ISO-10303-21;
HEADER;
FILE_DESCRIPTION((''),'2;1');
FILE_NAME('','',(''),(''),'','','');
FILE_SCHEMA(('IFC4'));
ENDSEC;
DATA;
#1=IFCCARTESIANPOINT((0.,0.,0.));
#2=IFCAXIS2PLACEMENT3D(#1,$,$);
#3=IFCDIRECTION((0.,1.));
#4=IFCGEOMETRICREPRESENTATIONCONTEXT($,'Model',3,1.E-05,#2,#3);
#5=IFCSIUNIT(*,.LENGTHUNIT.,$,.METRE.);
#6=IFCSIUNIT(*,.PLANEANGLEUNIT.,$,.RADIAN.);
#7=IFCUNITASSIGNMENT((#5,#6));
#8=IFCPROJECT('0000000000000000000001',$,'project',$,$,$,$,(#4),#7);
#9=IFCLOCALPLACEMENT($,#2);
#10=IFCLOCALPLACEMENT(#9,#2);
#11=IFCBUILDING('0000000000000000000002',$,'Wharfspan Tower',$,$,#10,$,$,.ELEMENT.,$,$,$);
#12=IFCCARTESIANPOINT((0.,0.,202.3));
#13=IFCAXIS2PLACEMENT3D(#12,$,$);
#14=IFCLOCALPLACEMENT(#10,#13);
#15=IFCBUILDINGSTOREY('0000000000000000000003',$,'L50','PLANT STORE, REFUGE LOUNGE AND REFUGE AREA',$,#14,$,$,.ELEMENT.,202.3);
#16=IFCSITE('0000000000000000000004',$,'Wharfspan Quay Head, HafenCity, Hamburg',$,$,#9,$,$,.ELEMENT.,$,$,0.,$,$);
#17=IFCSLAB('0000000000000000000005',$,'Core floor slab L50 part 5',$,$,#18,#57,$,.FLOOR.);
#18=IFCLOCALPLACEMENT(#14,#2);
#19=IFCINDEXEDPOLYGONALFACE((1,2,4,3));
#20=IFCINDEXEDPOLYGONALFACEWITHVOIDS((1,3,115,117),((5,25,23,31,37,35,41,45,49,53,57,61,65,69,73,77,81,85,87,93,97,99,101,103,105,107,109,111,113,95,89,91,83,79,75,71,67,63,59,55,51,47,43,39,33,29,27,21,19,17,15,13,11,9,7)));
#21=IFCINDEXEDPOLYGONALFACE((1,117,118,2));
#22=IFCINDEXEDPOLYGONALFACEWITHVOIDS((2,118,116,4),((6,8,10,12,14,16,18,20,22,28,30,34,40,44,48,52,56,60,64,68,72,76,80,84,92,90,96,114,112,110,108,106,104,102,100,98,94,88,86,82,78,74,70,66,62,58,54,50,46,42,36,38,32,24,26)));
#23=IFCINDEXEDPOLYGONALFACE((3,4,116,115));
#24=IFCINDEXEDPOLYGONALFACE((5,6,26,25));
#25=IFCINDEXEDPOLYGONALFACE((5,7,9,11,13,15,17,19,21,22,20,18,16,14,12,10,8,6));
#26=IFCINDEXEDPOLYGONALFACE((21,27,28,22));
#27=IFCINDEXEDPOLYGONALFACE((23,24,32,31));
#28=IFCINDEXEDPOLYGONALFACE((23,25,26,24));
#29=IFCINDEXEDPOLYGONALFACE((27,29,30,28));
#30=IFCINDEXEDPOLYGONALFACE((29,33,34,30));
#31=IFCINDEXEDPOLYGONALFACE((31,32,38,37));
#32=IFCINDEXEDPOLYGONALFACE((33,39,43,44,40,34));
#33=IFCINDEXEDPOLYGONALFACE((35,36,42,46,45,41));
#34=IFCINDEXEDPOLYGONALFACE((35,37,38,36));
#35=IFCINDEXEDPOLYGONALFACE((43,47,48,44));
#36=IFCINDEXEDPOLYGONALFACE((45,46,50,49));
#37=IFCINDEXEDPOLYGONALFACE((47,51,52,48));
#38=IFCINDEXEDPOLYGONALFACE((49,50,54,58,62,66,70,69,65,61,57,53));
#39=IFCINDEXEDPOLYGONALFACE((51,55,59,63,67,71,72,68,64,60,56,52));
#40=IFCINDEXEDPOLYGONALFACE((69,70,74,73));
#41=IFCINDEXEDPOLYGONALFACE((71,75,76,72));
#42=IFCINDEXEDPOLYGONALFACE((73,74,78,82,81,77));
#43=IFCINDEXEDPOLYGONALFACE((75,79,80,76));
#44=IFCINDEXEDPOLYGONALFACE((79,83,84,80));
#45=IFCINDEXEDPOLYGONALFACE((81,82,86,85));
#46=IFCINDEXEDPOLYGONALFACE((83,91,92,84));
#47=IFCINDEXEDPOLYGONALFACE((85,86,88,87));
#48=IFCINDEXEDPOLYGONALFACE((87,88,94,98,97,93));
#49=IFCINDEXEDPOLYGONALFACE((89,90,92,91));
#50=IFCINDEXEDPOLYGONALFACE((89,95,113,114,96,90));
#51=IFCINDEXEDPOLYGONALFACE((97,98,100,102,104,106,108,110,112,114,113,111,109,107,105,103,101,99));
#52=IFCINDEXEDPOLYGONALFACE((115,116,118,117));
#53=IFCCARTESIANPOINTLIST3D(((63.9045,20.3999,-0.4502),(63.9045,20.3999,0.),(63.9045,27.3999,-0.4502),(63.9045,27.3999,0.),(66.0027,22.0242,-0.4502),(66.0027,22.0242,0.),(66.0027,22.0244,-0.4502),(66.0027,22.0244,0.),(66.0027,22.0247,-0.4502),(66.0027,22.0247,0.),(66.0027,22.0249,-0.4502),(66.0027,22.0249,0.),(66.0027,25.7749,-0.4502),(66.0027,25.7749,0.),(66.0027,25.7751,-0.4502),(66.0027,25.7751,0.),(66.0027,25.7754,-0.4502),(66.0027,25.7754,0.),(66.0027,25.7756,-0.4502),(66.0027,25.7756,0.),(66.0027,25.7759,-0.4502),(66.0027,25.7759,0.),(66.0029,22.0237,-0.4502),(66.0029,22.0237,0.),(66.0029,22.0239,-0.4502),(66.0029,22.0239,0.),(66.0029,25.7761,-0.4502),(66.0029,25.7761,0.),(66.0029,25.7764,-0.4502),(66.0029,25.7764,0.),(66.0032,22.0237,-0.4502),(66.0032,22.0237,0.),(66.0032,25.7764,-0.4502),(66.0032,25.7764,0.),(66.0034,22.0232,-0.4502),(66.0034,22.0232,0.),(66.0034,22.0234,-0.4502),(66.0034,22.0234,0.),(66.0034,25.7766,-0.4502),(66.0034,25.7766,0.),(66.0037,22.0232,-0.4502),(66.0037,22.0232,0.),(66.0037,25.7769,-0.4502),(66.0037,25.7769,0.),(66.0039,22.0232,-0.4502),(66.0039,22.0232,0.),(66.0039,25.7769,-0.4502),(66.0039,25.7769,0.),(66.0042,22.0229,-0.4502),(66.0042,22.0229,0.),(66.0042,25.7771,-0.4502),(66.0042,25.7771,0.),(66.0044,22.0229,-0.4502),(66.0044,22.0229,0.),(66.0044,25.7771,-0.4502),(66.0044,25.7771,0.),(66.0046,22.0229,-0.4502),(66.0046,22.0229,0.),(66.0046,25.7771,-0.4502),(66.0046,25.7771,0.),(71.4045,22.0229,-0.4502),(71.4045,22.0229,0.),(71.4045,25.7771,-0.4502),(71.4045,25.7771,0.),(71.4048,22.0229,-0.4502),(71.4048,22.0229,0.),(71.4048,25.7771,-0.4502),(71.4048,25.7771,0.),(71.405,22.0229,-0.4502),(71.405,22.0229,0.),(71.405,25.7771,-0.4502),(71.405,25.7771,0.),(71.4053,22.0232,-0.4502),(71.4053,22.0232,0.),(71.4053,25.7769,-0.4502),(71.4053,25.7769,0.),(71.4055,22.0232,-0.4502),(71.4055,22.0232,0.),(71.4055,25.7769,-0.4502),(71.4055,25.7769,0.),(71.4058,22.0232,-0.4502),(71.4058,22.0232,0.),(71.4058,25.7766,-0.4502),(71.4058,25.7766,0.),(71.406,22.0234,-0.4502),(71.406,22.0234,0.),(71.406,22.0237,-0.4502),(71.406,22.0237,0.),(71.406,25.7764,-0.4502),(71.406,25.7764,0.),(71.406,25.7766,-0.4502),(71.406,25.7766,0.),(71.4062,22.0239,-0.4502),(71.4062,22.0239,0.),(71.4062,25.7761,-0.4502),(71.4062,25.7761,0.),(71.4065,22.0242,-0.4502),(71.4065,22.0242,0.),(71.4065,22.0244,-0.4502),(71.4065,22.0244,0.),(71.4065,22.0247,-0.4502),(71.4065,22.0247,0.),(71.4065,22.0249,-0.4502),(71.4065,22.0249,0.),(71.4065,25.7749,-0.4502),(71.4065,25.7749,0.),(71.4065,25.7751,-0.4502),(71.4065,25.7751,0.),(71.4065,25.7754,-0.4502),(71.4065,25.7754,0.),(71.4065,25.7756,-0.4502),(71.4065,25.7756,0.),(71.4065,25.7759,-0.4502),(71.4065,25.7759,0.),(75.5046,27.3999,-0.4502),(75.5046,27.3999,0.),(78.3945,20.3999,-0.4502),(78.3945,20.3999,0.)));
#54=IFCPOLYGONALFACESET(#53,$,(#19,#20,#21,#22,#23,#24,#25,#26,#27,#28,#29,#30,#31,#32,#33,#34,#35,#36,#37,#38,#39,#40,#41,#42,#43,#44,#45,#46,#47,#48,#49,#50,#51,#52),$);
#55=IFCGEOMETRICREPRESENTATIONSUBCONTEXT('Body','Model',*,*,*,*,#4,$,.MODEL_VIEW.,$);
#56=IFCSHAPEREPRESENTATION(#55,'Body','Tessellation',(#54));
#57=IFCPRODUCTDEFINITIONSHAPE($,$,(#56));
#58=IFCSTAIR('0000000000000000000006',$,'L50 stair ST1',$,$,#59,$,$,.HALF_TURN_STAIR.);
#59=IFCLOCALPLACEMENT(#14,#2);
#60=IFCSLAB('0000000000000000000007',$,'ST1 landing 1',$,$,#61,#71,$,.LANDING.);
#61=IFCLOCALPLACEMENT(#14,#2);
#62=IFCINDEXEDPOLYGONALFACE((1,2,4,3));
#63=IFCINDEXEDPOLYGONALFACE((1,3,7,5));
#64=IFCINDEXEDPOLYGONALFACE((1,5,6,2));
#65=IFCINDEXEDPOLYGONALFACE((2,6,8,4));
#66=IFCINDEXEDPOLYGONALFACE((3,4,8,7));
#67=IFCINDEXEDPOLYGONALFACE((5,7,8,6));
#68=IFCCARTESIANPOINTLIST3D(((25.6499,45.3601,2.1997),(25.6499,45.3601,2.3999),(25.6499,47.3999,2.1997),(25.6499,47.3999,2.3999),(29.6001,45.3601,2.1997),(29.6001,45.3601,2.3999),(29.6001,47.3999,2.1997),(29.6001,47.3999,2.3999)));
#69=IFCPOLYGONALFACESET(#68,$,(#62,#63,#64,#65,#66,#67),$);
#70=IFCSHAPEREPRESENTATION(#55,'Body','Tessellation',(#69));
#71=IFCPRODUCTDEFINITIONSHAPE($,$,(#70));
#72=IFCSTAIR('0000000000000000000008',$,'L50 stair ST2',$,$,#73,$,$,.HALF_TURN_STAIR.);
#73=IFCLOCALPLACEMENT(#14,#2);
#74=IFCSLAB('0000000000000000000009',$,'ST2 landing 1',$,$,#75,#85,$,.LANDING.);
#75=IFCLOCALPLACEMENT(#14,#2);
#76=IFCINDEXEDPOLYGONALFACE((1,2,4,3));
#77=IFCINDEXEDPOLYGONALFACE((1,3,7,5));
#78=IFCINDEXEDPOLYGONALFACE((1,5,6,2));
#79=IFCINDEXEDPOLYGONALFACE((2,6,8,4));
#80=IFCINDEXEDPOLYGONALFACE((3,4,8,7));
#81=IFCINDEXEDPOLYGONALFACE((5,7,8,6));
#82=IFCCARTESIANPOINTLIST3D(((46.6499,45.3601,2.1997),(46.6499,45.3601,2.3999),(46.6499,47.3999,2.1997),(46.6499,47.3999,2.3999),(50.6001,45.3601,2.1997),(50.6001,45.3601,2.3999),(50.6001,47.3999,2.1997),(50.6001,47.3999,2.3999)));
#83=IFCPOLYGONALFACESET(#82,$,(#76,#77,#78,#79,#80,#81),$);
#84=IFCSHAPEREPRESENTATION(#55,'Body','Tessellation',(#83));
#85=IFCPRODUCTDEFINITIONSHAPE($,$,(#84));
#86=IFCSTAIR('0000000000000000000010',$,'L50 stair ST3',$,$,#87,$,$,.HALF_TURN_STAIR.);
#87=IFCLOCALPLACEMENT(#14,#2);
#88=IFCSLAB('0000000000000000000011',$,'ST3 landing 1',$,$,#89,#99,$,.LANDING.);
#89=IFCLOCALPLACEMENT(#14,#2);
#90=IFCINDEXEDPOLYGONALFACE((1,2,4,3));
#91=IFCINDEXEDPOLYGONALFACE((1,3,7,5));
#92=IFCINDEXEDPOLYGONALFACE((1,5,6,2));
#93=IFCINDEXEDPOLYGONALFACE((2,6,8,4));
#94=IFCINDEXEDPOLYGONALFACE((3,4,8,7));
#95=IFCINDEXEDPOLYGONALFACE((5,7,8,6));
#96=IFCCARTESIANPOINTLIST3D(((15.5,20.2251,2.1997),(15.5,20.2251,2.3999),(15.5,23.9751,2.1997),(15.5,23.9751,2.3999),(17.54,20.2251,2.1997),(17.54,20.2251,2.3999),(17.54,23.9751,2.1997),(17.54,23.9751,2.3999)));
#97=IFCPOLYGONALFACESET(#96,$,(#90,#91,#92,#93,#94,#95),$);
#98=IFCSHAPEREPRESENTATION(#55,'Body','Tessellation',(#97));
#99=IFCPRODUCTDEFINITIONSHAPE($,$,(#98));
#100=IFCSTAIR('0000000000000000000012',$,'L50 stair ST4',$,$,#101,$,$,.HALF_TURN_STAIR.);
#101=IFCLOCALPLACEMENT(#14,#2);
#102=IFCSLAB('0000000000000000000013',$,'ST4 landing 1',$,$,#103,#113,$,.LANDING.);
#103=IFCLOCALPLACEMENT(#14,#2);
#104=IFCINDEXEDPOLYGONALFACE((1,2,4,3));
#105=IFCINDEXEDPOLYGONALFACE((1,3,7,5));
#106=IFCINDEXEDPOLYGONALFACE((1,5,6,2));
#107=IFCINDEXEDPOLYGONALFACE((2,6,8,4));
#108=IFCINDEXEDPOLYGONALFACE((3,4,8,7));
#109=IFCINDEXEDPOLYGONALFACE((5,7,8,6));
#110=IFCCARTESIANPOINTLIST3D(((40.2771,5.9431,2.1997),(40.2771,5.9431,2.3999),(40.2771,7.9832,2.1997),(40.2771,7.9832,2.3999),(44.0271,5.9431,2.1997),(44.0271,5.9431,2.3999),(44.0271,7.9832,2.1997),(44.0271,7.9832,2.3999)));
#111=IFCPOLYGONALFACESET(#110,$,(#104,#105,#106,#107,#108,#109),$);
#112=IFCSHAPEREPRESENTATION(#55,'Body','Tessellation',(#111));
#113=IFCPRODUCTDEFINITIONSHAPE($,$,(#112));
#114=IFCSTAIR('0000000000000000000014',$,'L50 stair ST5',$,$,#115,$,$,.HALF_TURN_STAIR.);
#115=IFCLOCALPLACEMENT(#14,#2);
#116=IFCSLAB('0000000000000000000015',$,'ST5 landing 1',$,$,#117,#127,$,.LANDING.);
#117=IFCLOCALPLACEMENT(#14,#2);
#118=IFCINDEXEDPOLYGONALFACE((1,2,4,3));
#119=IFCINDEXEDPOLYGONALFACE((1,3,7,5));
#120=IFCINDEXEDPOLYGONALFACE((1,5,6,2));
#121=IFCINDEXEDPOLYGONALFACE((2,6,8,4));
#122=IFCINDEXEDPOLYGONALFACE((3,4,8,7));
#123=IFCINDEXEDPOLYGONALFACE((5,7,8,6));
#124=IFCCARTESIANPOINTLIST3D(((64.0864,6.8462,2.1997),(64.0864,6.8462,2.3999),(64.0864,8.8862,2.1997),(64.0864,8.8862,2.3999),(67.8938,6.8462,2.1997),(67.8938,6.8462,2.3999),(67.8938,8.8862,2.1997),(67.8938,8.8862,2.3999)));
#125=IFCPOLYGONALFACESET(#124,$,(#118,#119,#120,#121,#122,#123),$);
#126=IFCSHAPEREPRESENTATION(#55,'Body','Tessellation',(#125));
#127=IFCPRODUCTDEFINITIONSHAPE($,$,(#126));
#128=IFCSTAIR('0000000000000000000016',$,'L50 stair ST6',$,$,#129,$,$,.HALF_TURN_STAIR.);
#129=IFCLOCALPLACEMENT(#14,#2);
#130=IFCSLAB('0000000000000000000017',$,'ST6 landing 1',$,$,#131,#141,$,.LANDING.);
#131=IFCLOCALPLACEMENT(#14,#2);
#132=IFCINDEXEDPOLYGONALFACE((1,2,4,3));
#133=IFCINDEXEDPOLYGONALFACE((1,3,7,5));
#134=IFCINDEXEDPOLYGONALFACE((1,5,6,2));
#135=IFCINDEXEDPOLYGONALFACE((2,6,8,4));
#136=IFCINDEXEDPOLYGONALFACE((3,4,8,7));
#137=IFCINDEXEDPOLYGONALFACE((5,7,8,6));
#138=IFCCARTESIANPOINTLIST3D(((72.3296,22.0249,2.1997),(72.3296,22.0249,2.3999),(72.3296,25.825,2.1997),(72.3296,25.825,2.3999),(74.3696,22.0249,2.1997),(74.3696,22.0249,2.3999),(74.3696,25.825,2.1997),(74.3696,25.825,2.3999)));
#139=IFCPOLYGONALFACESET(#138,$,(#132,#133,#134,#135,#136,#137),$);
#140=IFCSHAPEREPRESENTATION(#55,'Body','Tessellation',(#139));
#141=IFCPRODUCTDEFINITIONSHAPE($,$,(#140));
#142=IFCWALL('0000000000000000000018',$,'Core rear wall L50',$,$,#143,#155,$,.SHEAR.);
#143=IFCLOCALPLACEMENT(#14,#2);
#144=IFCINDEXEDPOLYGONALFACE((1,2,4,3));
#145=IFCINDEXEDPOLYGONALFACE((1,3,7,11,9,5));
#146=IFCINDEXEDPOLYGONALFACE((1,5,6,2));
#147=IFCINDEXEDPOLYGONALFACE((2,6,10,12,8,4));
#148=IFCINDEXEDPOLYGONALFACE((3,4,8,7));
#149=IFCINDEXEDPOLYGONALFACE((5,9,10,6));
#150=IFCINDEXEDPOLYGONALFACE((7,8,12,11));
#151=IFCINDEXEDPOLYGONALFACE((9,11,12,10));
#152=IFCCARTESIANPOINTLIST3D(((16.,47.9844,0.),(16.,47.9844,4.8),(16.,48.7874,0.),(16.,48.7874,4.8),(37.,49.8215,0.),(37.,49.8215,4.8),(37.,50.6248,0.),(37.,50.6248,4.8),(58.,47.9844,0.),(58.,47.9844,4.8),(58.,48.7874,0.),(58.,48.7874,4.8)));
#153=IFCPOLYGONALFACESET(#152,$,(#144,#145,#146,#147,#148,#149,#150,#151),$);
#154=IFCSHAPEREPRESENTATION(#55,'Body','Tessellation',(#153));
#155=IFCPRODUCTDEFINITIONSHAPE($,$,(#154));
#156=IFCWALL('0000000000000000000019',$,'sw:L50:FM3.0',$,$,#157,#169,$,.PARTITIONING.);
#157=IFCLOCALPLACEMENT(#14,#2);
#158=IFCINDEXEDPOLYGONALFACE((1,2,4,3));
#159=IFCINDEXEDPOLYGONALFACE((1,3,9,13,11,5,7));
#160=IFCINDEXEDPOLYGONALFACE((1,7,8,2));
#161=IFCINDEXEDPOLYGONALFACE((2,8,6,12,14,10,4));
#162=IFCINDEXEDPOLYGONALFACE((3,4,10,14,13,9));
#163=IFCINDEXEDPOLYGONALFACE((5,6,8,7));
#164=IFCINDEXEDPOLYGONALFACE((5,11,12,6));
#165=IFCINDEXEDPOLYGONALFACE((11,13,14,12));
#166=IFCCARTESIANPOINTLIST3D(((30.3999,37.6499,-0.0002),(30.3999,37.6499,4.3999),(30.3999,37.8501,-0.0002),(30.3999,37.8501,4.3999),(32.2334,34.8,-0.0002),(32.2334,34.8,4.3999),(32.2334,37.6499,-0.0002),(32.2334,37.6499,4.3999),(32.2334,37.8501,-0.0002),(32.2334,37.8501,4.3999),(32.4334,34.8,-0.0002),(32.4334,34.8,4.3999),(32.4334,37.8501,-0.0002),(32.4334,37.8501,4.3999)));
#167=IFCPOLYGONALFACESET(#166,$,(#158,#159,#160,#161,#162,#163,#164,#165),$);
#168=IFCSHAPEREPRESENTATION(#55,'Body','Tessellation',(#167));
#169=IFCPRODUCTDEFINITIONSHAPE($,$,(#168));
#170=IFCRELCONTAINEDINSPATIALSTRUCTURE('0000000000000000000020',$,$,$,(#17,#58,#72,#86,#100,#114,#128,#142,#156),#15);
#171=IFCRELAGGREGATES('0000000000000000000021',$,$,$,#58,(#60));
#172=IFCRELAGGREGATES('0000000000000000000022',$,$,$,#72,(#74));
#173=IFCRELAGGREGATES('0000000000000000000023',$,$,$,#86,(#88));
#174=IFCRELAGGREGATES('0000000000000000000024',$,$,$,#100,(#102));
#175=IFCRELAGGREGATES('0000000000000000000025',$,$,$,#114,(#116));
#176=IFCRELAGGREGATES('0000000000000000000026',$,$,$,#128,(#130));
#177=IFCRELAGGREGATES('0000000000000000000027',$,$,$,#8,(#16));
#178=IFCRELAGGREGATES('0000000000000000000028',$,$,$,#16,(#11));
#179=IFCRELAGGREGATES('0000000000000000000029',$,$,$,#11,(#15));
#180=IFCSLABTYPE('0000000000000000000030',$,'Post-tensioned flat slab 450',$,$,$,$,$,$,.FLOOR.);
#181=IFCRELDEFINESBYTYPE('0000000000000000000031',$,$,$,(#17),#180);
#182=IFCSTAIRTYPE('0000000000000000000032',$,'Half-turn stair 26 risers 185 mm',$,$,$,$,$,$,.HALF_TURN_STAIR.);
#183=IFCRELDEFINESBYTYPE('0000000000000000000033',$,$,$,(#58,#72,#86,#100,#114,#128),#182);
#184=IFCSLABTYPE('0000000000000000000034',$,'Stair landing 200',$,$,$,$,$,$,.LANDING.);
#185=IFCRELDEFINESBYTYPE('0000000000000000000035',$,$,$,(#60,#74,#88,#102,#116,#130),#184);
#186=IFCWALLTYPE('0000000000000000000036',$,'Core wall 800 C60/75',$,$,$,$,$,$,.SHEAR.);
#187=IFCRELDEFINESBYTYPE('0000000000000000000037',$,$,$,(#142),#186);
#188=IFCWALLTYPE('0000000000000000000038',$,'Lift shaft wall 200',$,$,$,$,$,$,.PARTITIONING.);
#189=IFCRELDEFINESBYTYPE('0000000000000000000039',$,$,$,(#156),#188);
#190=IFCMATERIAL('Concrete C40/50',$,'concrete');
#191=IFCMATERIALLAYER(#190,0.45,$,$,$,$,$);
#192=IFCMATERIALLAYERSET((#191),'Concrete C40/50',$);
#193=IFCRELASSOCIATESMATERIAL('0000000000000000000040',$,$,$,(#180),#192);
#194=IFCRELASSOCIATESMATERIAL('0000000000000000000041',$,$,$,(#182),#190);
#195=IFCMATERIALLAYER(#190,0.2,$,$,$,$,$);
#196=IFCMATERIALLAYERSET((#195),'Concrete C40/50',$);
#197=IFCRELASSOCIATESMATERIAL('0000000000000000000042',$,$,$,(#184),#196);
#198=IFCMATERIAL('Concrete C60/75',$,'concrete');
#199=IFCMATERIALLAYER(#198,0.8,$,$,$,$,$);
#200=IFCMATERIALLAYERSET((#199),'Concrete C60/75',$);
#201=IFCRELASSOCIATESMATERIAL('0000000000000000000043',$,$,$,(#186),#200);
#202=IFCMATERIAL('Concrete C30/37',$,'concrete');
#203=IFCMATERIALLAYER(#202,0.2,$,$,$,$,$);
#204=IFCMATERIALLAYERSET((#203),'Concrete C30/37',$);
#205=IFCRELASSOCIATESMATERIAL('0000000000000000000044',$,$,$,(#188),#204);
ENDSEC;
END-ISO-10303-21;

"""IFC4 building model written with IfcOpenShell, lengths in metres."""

from ifc_helpers import new_model, si_unit, direction, frame, origin, place, context, subcontext, project, spatial, polyline, outline, extrude, material, layer, layer_set, type_object, element, aggregate, save


model = new_model("IFC4")

# Units and contexts
model_context = context("Model", 3, precision=1e-05, world=origin(), true_north=direction((0.0, 1.0)))
body_context = subcontext(model_context, "Body", "Model", "MODEL_VIEW")
ifc_project = project(units=[si_unit("LENGTHUNIT", "METRE"), si_unit("PLANEANGLEUNIT", "RADIAN")], contexts=[model_context])

# Site, building, storey
site_placement = place(None, origin())
site = spatial("IfcSite", under=ifc_project, at=site_placement, Name="Wharfspan Quay Head, HafenCity, Hamburg", CompositionType="ELEMENT", RefElevation=0.0)
building_placement = place(site_placement, origin())
building = spatial("IfcBuilding", under=site, at=building_placement, Name="Wharfspan Tower", CompositionType="ELEMENT")
storey_placement = place(building_placement, frame((0.0, 0.0, 202.3)))
storey = spatial("IfcBuildingStorey", under=building, at=storey_placement, Name="L50", Description="PLANT STORE, REFUGE LOUNGE AND REFUGE AREA", CompositionType="ELEMENT", Elevation=202.3)

# Shared definitions
ifc_material_1 = material(Name="Concrete C60/75", Category="concrete")

# Slab
ifc_material_2 = material(Name="Concrete C40/50", Category="concrete")
ifc_layer_1 = layer(ifc_material_2, 0.45)
ifc_layer_set_1 = layer_set([ifc_layer_1], Name="Concrete C40/50")
slab_type_1 = type_object("IfcSlabType", Name="Post-tensioned flat slab 450", PredefinedType="FLOOR", material=ifc_layer_set_1)
slab_1_placement = place(storey_placement, frame((0.0, 0.0, -0.4502)))
element("IfcSlab", 1, at=slab_1_placement, inside=storey, type_object=slab_type_1, Name="Core floor slab L50 part 5", PredefinedType="FLOOR", context=body_context, shape_type="SweptSolid", body=[
    extrude(outline(polyline([(78.3945, 20.3999), (75.5046, 27.3999), (63.9045, 27.3999), (63.9045, 20.3999), (78.3945, 20.3999)]), holes=[polyline([(66.0046, 22.0229), (66.0044, 22.0229), (66.0041, 22.0229), (66.0039, 22.0232), (66.0039, 22.0232), (66.0037, 22.0232), (66.0034, 22.0232), (66.0034, 22.0234), (66.0032, 22.0237), (66.0029, 22.0237), (66.0029, 22.0239), (66.0027, 22.0242), (66.0027, 22.0242), (66.0027, 22.0244), (66.0027, 22.0247), (66.0027, 22.0249), (66.0027, 22.0249), (66.0027, 25.7749), (66.0027, 25.7751), (66.0027, 25.7754), (66.0027, 25.7756), (66.0027, 25.7759), (66.0027, 25.7759), (66.0029, 25.7761), (66.0029, 25.7764), (66.0032, 25.7764), (66.0034, 25.7766), (66.0034, 25.7766), (66.0037, 25.7769), (66.0039, 25.7769), (66.0039, 25.7769), (66.0041, 25.7771), (66.0044, 25.7771), (66.0046, 25.7771), (71.4045, 25.7771), (71.4048, 25.7771), (71.405, 25.7771), (71.4053, 25.7769), (71.4055, 25.7769), (71.4055, 25.7769), (71.4058, 25.7766), (71.406, 25.7766), (71.406, 25.7764), (71.406, 25.7764), (71.4062, 25.7761), (71.4065, 25.7759), (71.4065, 25.7759), (71.4065, 25.7756), (71.4065, 25.7754), (71.4065, 25.7751), (71.4065, 25.7749), (71.4065, 22.0249), (71.4065, 22.0249), (71.4065, 22.0247), (71.4065, 22.0244), (71.4065, 22.0242), (71.4065, 22.0242), (71.4062, 22.0239), (71.406, 22.0237), (71.406, 22.0237), (71.406, 22.0234), (71.4058, 22.0232), (71.4055, 22.0232), (71.4055, 22.0232), (71.4053, 22.0232), (71.405, 22.0229), (71.4048, 22.0229), (71.4045, 22.0229), (66.0046, 22.0229)])]), origin(), (0.0, 0.0, 1.0), 0.4502),
])

# Stairs, slabs
stair_type = type_object("IfcStairType", Name="Half-turn stair 26 risers 185 mm", PredefinedType="HALF_TURN_STAIR", material=ifc_material_2)
stair_1_placement = place(storey_placement, origin())
stair_1 = element("IfcStair", 2, at=stair_1_placement, inside=storey, type_object=stair_type, Name="L50 stair ST1", PredefinedType="HALF_TURN_STAIR")
ifc_layer_2 = layer(ifc_material_2, 0.2)
ifc_layer_set_2 = layer_set([ifc_layer_2], Name="Concrete C40/50")
slab_type_2 = type_object("IfcSlabType", Name="Stair landing 200", PredefinedType="LANDING", material=ifc_layer_set_2)
slab_2_placement = place(storey_placement, frame((0.0, 0.0, 2.1997)))
slab_2 = element("IfcSlab", 3, at=slab_2_placement, type_object=slab_type_2, Name="ST1 landing 1", PredefinedType="LANDING", context=body_context, shape_type="SweptSolid", body=[
    extrude(outline(polyline([(25.6499, 45.3601), (29.6001, 45.3601), (29.6001, 47.3999), (25.6499, 47.3999), (25.6499, 45.3601)])), origin(), (0.0, 0.0, 1.0), 0.2002),
])
aggregate(stair_1, [slab_2])
stair_2_placement = place(storey_placement, origin())
stair_2 = element("IfcStair", 4, at=stair_2_placement, inside=storey, type_object=stair_type, Name="L50 stair ST2", PredefinedType="HALF_TURN_STAIR")
slab_3_placement = place(storey_placement, frame((0.0, 0.0, 2.1997)))
slab_3 = element("IfcSlab", 5, at=slab_3_placement, type_object=slab_type_2, Name="ST2 landing 1", PredefinedType="LANDING", context=body_context, shape_type="SweptSolid", body=[
    extrude(outline(polyline([(46.6499, 45.3601), (50.6001, 45.3601), (50.6001, 47.3999), (46.6499, 47.3999), (46.6499, 45.3601)])), origin(), (0.0, 0.0, 1.0), 0.2002),
])
aggregate(stair_2, [slab_3])
stair_3_placement = place(storey_placement, origin())
stair_3 = element("IfcStair", 6, at=stair_3_placement, inside=storey, type_object=stair_type, Name="L50 stair ST3", PredefinedType="HALF_TURN_STAIR")
slab_4_placement = place(storey_placement, frame((0.0, 0.0, 2.1997)))
slab_4 = element("IfcSlab", 7, at=slab_4_placement, type_object=slab_type_2, Name="ST3 landing 1", PredefinedType="LANDING", context=body_context, shape_type="SweptSolid", body=[
    extrude(outline(polyline([(17.54, 23.9751), (15.5, 23.9751), (15.5, 20.2251), (17.54, 20.2251), (17.54, 23.9751)])), origin(), (0.0, 0.0, 1.0), 0.2002),
])
aggregate(stair_3, [slab_4])
stair_4_placement = place(storey_placement, origin())
stair_4 = element("IfcStair", 8, at=stair_4_placement, inside=storey, type_object=stair_type, Name="L50 stair ST4", PredefinedType="HALF_TURN_STAIR")
slab_5_placement = place(storey_placement, frame((0.0, 0.0, 2.1997)))
slab_5 = element("IfcSlab", 9, at=slab_5_placement, type_object=slab_type_2, Name="ST4 landing 1", PredefinedType="LANDING", context=body_context, shape_type="SweptSolid", body=[
    extrude(outline(polyline([(40.2771, 7.9832), (40.2771, 5.9431), (44.0271, 5.9431), (44.0271, 7.9832), (40.2771, 7.9832)])), origin(), (0.0, 0.0, 1.0), 0.2002),
])
aggregate(stair_4, [slab_5])
stair_5_placement = place(storey_placement, origin())
stair_5 = element("IfcStair", 10, at=stair_5_placement, inside=storey, type_object=stair_type, Name="L50 stair ST5", PredefinedType="HALF_TURN_STAIR")
slab_6_placement = place(storey_placement, frame((0.0, 0.0, 2.1997)))
slab_6 = element("IfcSlab", 11, at=slab_6_placement, type_object=slab_type_2, Name="ST5 landing 1", PredefinedType="LANDING", context=body_context, shape_type="SweptSolid", body=[
    extrude(outline(polyline([(64.0864, 6.8462), (67.8938, 6.8462), (67.8938, 8.8862), (64.0864, 8.8862), (64.0864, 6.8462)])), origin(), (0.0, 0.0, 1.0), 0.2002),
])
aggregate(stair_5, [slab_6])
stair_6_placement = place(storey_placement, origin())
stair_6 = element("IfcStair", 12, at=stair_6_placement, inside=storey, type_object=stair_type, Name="L50 stair ST6", PredefinedType="HALF_TURN_STAIR")
slab_7_placement = place(storey_placement, frame((0.0, 0.0, 2.1997)))
slab_7 = element("IfcSlab", 13, at=slab_7_placement, type_object=slab_type_2, Name="ST6 landing 1", PredefinedType="LANDING", context=body_context, shape_type="SweptSolid", body=[
    extrude(outline(polyline([(72.3296, 22.0249), (74.3696, 22.0249), (74.3696, 25.825), (72.3296, 25.825), (72.3296, 22.0249)])), origin(), (0.0, 0.0, 1.0), 0.2002),
])
aggregate(stair_6, [slab_7])

# Walls
ifc_layer_3 = layer(ifc_material_1, 0.8)
ifc_layer_set_3 = layer_set([ifc_layer_3], Name="Concrete C60/75")
wall_type_1 = type_object("IfcWallType", Name="Core wall 800 C60/75", PredefinedType="SHEAR", material=ifc_layer_set_3)
wall_1_placement = place(storey_placement, origin())
element("IfcWall", 14, at=wall_1_placement, inside=storey, type_object=wall_type_1, Name="Core rear wall L50", PredefinedType="SHEAR", context=body_context, shape_type="SweptSolid", body=[
    extrude(outline(polyline([(16.0, 47.9844), (37.0, 49.8215), (58.0, 47.9844), (58.0, 48.7874), (37.0, 50.6248), (16.0, 48.7874), (16.0, 47.9844)])), origin(), (0.0, 0.0, 1.0), 4.8),
])
ifc_material_3 = material(Name="Concrete C30/37", Category="concrete")
ifc_layer_4 = layer(ifc_material_3, 0.2)
ifc_layer_set_4 = layer_set([ifc_layer_4], Name="Concrete C30/37")
wall_type_2 = type_object("IfcWallType", Name="Lift shaft wall 200", PredefinedType="PARTITIONING", material=ifc_layer_set_4)
wall_2_placement = place(storey_placement, frame((0.0, 0.0, -0.0002)))
element("IfcWall", 15, at=wall_2_placement, inside=storey, type_object=wall_type_2, Name="sw:L50:FM3.0", PredefinedType="PARTITIONING", context=body_context, shape_type="SweptSolid", body=[
    extrude(outline(polyline([(32.2334, 37.6499), (30.3999, 37.6499), (30.3999, 37.8501), (32.2334, 37.8501), (32.4333, 37.8501), (32.4333, 34.8), (32.2334, 34.8), (32.2334, 37.6499)])), origin(), (0.0, 0.0, 1.0), 4.4001),
])

save(model, "model.ifc")
